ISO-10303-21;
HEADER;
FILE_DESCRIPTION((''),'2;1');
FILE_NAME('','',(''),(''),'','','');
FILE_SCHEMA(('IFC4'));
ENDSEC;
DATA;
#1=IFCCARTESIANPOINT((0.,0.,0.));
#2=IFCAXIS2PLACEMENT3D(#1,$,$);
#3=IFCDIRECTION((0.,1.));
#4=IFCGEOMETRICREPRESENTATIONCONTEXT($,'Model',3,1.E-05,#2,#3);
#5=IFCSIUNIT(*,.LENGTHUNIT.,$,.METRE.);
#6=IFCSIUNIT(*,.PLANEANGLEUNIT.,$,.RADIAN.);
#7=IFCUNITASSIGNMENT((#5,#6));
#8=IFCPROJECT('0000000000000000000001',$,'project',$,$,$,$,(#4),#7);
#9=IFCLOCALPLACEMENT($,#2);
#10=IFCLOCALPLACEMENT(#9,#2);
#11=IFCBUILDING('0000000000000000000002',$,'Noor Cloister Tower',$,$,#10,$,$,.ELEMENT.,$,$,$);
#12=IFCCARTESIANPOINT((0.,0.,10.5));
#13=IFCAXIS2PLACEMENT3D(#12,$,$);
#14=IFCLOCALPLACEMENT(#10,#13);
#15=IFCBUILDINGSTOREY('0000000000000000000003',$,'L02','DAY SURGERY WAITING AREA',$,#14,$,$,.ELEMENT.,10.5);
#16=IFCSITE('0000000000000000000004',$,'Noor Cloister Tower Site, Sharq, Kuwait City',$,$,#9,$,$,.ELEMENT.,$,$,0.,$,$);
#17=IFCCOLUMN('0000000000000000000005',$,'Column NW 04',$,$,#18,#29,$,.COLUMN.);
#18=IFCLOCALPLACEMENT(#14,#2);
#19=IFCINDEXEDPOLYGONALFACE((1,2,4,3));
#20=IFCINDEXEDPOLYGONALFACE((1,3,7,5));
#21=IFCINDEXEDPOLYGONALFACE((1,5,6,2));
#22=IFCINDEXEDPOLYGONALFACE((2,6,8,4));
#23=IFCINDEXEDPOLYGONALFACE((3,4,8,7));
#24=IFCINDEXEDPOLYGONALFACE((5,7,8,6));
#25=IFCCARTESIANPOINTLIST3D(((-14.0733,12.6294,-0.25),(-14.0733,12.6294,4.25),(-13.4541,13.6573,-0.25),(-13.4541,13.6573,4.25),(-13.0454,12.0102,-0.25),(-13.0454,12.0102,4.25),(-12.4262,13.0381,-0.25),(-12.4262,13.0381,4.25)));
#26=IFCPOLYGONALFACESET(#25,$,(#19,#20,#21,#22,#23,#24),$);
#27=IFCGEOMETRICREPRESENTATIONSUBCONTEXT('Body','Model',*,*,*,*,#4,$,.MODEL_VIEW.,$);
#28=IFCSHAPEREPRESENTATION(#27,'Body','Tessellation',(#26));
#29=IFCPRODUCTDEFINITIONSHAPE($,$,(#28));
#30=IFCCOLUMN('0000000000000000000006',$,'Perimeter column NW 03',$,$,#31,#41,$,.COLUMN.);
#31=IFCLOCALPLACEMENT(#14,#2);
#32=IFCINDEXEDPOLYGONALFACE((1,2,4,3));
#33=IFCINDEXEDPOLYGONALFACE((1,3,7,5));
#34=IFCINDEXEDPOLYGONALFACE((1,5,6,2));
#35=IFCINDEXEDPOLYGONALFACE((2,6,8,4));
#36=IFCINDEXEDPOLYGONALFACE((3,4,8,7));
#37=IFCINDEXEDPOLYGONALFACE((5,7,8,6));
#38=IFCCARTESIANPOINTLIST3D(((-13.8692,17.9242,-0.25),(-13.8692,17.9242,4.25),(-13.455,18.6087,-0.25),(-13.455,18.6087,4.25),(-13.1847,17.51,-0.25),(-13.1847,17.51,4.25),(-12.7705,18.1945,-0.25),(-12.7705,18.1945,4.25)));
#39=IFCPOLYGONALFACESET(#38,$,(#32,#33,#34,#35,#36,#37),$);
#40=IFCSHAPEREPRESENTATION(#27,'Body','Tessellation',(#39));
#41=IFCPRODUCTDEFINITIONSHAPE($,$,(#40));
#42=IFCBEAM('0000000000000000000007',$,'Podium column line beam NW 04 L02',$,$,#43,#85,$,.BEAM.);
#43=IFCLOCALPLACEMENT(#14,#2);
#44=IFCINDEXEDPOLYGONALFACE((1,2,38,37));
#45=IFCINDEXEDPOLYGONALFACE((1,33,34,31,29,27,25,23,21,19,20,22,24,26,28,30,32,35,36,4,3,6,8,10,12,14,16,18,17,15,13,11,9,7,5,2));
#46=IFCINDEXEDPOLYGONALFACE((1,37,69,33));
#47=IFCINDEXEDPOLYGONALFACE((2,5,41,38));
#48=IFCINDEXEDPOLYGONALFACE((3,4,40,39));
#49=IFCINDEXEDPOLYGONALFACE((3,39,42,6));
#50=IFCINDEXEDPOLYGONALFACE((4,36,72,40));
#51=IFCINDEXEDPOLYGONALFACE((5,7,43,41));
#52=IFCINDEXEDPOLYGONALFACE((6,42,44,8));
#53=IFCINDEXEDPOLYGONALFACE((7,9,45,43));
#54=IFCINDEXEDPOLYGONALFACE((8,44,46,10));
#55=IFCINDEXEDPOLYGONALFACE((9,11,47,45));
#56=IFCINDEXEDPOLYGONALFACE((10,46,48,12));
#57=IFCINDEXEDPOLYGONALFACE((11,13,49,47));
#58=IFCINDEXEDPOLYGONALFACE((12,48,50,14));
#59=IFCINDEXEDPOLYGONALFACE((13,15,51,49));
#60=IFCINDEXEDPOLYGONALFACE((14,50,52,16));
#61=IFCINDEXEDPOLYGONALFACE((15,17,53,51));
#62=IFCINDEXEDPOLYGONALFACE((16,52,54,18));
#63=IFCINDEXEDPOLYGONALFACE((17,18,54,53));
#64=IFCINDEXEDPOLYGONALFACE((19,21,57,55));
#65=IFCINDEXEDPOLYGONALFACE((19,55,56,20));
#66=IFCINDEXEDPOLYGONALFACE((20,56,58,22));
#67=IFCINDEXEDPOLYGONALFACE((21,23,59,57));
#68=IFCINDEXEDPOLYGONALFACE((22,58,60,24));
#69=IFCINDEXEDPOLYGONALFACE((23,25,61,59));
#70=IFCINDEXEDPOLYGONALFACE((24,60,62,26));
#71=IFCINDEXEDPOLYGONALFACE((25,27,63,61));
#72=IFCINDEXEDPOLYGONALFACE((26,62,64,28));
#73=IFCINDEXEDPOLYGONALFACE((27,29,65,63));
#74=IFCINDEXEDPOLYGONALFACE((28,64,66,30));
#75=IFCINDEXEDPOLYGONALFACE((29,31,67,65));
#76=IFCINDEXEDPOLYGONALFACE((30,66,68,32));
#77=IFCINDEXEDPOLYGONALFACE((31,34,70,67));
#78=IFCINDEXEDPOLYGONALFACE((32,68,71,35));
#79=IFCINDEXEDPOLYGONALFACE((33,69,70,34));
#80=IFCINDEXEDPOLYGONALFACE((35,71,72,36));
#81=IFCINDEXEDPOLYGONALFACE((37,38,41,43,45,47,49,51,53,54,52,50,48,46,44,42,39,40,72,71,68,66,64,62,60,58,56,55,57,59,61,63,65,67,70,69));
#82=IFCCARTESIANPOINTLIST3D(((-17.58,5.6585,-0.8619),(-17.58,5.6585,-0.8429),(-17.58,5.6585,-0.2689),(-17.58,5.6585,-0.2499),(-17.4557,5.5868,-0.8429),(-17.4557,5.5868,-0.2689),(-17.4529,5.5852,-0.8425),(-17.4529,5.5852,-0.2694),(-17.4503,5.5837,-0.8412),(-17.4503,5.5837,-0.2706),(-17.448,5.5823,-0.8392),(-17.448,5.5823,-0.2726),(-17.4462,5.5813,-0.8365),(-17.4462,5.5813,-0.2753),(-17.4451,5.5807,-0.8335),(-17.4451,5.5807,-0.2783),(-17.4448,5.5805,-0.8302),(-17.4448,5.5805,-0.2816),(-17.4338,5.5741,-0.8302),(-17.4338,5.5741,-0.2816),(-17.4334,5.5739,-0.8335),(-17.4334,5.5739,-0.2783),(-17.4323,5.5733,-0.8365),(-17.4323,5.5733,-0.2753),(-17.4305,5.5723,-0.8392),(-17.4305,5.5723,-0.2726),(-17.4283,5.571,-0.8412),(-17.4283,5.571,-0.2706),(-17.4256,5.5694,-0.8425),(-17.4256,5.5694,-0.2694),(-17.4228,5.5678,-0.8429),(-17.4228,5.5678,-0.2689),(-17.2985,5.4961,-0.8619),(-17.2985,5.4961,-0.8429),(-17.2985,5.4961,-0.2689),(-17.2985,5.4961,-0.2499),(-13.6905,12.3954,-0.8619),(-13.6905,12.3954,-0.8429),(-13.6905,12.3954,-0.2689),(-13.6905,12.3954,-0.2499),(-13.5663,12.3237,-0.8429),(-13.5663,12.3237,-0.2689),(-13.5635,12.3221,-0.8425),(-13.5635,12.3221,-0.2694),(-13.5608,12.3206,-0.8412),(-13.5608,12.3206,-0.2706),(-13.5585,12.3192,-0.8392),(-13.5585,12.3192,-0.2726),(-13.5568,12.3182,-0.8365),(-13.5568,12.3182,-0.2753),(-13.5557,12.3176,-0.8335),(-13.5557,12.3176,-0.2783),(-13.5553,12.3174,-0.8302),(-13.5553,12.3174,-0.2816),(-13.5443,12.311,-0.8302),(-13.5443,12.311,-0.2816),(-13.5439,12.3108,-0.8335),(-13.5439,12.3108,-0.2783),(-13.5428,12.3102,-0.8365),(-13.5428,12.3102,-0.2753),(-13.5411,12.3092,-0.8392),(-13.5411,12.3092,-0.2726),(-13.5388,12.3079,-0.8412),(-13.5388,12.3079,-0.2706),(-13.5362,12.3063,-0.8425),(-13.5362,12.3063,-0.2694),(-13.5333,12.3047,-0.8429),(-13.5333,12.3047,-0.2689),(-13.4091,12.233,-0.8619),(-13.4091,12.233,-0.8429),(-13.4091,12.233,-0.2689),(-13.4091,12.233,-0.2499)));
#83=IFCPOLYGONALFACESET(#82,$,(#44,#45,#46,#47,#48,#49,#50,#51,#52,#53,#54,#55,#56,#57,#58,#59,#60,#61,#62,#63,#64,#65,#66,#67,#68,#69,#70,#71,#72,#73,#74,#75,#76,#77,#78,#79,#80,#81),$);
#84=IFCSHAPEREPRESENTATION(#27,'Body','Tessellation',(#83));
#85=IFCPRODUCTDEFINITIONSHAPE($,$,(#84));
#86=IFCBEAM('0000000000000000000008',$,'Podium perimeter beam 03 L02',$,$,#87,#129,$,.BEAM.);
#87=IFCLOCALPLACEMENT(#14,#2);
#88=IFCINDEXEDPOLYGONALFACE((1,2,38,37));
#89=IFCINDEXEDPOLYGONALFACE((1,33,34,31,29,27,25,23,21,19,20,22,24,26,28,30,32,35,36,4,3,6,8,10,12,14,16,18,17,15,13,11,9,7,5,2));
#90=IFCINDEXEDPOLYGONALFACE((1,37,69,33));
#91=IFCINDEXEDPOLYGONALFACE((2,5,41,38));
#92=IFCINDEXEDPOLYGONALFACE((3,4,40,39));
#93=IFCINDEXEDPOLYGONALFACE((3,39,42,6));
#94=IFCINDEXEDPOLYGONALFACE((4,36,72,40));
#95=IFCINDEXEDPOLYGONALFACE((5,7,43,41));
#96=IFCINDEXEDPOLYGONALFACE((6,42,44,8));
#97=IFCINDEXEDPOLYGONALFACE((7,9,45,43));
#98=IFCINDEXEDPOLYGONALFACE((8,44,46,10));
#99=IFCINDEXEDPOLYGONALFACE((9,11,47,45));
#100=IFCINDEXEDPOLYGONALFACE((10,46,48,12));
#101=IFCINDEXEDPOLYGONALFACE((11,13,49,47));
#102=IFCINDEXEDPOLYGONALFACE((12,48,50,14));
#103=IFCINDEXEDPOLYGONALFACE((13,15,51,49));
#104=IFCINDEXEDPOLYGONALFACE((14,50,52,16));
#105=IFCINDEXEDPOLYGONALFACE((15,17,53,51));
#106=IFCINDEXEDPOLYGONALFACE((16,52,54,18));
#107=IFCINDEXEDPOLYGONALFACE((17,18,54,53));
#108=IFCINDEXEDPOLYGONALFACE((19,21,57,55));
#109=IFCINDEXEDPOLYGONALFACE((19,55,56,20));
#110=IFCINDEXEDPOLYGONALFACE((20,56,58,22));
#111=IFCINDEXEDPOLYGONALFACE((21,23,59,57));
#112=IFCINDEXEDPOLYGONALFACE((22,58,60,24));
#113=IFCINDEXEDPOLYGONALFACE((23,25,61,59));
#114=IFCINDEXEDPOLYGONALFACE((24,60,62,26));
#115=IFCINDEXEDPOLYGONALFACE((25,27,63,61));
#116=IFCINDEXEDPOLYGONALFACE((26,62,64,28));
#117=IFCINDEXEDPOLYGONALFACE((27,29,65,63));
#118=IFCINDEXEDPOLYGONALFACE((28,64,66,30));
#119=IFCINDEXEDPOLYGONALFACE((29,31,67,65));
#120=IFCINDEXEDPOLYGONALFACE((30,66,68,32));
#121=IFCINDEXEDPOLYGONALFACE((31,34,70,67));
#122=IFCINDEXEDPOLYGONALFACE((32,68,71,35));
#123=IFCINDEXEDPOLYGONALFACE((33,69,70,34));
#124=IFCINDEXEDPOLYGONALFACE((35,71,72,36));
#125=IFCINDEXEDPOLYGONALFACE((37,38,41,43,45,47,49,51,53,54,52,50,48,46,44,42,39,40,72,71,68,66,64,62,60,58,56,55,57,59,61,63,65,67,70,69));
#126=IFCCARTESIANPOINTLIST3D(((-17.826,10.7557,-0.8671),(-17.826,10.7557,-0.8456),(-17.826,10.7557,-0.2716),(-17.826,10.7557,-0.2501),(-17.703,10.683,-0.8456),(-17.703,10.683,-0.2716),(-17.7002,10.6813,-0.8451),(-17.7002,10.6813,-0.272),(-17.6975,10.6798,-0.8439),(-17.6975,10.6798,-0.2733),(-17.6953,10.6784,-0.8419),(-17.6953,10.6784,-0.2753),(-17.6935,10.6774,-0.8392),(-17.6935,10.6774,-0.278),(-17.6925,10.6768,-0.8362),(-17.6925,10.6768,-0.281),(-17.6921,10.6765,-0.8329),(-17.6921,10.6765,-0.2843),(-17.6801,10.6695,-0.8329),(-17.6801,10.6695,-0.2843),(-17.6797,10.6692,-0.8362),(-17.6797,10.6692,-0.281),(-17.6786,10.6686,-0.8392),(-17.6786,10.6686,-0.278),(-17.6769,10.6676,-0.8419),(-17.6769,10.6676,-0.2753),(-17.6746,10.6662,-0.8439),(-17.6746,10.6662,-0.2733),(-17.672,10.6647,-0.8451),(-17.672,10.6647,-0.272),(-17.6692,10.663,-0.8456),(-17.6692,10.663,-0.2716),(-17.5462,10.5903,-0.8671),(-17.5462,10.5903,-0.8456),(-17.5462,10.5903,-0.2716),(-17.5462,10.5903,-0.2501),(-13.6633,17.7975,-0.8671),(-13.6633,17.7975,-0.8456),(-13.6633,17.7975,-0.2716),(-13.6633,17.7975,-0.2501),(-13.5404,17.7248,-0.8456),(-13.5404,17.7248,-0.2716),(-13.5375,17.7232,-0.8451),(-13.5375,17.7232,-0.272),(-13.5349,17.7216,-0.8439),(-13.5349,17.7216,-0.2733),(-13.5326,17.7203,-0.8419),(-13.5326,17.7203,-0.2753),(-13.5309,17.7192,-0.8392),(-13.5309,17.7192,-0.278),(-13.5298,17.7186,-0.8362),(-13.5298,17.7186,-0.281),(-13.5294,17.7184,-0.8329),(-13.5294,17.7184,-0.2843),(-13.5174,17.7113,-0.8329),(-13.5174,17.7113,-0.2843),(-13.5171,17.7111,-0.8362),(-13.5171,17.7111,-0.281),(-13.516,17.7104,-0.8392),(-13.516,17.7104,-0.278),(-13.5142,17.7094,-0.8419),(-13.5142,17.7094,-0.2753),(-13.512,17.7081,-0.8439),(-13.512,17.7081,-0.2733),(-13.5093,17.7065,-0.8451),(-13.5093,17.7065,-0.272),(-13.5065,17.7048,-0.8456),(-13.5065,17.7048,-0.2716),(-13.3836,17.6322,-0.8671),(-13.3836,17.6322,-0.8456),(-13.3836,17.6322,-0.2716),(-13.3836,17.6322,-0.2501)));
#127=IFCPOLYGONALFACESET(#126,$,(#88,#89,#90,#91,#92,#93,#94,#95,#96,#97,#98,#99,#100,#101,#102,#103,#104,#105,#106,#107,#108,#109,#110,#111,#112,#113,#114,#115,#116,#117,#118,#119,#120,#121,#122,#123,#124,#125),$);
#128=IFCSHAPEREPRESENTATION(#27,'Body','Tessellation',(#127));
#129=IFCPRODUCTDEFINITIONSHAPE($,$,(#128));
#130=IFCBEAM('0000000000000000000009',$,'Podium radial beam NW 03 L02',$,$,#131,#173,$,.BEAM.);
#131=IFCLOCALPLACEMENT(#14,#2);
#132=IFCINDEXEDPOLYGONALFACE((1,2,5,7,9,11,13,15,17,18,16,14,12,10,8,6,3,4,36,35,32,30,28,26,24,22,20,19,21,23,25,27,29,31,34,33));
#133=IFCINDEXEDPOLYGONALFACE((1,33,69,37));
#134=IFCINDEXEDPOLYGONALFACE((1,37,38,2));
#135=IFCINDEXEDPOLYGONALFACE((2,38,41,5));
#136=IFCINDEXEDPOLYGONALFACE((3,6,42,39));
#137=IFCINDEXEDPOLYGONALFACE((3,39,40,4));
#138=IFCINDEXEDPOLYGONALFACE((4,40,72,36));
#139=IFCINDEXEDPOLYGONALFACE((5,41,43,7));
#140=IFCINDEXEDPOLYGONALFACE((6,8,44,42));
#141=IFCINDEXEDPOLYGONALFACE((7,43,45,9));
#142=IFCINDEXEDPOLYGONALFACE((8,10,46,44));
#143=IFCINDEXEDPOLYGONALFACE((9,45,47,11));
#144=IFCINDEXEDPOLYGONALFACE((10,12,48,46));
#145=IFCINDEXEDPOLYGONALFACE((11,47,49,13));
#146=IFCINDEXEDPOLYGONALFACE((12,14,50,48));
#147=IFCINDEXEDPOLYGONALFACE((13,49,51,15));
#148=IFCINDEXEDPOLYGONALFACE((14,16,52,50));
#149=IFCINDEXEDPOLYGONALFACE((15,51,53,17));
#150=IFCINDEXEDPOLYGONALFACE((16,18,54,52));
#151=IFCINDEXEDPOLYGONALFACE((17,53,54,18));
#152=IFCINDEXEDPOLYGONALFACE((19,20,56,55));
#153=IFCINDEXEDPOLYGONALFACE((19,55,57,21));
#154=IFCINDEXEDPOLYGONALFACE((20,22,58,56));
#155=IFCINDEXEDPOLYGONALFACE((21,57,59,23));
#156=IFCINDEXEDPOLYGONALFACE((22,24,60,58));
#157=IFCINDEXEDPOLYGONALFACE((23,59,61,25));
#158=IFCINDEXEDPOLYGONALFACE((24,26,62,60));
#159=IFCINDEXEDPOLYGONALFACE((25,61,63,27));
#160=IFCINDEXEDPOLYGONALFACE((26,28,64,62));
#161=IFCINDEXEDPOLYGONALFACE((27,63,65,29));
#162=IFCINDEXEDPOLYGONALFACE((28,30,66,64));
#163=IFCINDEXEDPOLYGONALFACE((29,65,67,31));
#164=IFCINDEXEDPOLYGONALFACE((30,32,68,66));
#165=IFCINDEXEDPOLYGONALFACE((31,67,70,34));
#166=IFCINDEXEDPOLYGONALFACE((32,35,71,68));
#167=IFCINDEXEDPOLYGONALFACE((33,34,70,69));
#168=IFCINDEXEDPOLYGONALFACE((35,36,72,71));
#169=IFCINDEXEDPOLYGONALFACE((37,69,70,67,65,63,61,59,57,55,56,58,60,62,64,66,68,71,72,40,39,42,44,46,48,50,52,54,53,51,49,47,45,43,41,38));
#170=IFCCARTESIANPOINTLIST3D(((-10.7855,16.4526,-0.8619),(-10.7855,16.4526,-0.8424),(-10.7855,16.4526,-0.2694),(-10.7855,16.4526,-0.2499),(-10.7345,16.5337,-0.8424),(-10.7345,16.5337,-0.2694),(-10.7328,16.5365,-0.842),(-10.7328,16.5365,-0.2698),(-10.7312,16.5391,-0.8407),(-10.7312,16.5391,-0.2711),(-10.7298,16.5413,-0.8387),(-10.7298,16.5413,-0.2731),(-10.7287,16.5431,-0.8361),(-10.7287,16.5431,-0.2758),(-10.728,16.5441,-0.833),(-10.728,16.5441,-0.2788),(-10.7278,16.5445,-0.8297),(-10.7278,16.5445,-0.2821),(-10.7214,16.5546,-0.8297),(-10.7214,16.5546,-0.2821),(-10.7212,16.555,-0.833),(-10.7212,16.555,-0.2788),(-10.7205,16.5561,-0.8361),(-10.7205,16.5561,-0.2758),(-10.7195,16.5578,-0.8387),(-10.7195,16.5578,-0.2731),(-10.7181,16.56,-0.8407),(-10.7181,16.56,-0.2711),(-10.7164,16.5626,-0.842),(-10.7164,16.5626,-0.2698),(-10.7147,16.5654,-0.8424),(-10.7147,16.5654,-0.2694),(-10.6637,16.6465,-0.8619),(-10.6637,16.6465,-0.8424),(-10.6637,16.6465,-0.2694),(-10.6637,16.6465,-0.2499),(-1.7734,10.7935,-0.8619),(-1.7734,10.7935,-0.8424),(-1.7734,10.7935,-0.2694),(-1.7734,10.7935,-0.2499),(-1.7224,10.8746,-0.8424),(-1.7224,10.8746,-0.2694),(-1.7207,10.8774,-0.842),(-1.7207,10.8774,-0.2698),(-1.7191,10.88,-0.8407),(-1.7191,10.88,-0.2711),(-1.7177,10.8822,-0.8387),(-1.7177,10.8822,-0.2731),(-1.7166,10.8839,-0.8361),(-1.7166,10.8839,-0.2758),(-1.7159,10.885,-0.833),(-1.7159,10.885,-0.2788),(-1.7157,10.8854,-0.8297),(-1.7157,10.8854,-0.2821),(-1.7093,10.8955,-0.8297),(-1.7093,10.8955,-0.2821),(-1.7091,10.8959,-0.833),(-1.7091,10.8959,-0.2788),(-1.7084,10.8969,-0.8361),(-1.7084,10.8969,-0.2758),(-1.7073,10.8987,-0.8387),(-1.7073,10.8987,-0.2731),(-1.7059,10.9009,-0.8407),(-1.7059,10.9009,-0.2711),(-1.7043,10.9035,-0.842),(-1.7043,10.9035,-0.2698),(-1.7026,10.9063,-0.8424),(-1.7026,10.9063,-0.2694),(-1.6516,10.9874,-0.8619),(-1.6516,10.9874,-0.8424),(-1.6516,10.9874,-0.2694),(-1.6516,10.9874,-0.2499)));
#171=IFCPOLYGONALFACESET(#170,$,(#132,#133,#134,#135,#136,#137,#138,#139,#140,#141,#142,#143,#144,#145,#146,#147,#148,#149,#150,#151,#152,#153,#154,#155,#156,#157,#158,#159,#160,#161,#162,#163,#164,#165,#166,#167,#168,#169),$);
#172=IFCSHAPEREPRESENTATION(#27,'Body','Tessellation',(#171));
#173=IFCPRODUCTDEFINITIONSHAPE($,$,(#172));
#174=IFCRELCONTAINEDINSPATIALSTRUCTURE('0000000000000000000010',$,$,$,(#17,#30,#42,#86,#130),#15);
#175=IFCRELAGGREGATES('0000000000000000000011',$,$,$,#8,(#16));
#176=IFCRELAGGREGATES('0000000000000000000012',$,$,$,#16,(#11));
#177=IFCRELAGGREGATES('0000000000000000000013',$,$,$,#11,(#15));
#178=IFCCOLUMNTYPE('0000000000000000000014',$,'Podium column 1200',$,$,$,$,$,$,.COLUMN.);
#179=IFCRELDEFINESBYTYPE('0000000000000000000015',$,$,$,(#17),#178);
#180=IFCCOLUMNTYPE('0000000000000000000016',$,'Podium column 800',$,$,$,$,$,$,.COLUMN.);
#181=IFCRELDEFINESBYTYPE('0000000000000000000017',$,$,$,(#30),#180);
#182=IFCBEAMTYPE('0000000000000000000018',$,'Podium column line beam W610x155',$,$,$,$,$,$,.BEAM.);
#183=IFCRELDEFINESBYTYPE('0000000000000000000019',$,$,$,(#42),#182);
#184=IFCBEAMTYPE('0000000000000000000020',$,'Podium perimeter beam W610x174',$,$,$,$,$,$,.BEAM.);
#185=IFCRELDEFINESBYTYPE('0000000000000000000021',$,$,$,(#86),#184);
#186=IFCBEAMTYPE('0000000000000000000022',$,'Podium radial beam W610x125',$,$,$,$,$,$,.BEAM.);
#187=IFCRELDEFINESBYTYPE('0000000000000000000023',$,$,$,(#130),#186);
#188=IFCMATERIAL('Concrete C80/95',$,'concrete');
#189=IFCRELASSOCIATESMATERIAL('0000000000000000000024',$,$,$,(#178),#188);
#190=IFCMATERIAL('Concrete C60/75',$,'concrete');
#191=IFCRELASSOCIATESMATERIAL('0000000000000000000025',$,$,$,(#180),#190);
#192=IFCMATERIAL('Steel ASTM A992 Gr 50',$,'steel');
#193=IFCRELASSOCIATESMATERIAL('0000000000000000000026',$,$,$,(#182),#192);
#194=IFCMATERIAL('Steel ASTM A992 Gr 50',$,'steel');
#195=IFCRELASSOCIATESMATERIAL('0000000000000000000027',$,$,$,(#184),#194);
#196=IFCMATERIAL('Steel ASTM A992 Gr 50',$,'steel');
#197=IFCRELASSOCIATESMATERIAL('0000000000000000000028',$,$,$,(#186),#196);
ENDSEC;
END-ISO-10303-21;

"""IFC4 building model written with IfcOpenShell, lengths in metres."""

from ifc_helpers import new_model, si_unit, direction, frame, origin, origin_2d, place, context, subcontext, project, spatial, rectangle, i_section, extrude, material, material_profile, profile_set, type_object, element, save


model = new_model("IFC4")

# Units and contexts
model_context = context("Model", 3, precision=1e-05, world=origin(), true_north=direction((0.0, 1.0)))
body_context = subcontext(model_context, "Body", "Model", "MODEL_VIEW")
ifc_project = project(units=[si_unit("LENGTHUNIT", "METRE"), si_unit("PLANEANGLEUNIT", "RADIAN")], contexts=[model_context])

# Site, building, storey
site_placement = place(None, origin())
site = spatial("IfcSite", under=ifc_project, at=site_placement, Name="Noor Cloister Tower Site, Sharq, Kuwait City", CompositionType="ELEMENT", RefElevation=0.0)
building_placement = place(site_placement, origin())
building = spatial("IfcBuilding", under=site, at=building_placement, Name="Noor Cloister Tower", CompositionType="ELEMENT")
storey_placement = place(building_placement, frame((0.0, 0.0, 10.5)))
storey = spatial("IfcBuildingStorey", under=building, at=storey_placement, Name="L02", Description="DAY SURGERY WAITING AREA", CompositionType="ELEMENT", Elevation=10.5)

# Columns
ifc_material_1 = material(Name="Concrete C80/95", Category="concrete")
ifc_material_profile_1 = material_profile(ifc_material_1, rectangle(XDim=1.2, YDim=1.2, at=origin_2d()), Name="Podium column 1200")
ifc_profile_set_1 = profile_set([ifc_material_profile_1], Name="Concrete C80/95")
column_type_1 = type_object("IfcColumnType", Name="Podium column 1200", PredefinedType="COLUMN", material=ifc_profile_set_1)
column_1_placement = place(storey_placement, frame((-13.2498, 12.8337, -0.25), z_axis=(0.0, 0.0, 1.0), x_axis=(-0.8566, 0.515981, 0.0)))
element("IfcColumn", 1, at=column_1_placement, inside=storey, type_object=column_type_1, Name="Column NW 04", PredefinedType="COLUMN", context=body_context, shape_type="SweptSolid", body=[
    extrude(rectangle(XDim=1.2, YDim=1.2, at=origin_2d()), origin(), (0.0, 0.0, 1.0), 4.5),
])
ifc_material_2 = material(Name="Concrete C60/75", Category="concrete")
ifc_material_profile_2 = material_profile(ifc_material_2, rectangle(XDim=0.8, YDim=0.8, at=origin_2d()), Name="Podium column 800")
ifc_profile_set_2 = profile_set([ifc_material_profile_2], Name="Concrete C60/75")
column_type_2 = type_object("IfcColumnType", Name="Podium column 800", PredefinedType="COLUMN", material=ifc_profile_set_2)
column_2_placement = place(storey_placement, frame((-13.3198, 18.0593, -0.25), z_axis=(0.0, 0.0, 1.0), x_axis=(-0.855574, 0.51768, 0.0)))
element("IfcColumn", 2, at=column_2_placement, inside=storey, type_object=column_type_2, Name="Perimeter column NW 03", PredefinedType="COLUMN", context=body_context, shape_type="SweptSolid", body=[
    extrude(rectangle(XDim=0.8, YDim=0.8, at=origin_2d()), origin(), (0.0, 0.0, 1.0), 4.5),
])

# Beams
ifc_material_3 = material(Name="Steel ASTM A992 Gr 50", Category="steel")
ifc_material_profile_3 = material_profile(ifc_material_3, i_section(OverallWidth=0.325, OverallDepth=0.6121, WebThickness=0.0127, FlangeThickness=0.019, FilletRadius=0.0127, at=origin_2d()), Name="W610x155")
ifc_profile_set_3 = profile_set([ifc_material_profile_3], Name="Steel ASTM A992 Gr 50")
beam_type_1 = type_object("IfcBeamType", Name="Podium column line beam W610x155", PredefinedType="BEAM", material=ifc_profile_set_3)
beam_1_placement = place(storey_placement, frame((-13.5498, 12.3142, -0.5559), z_axis=(-0.499991, -0.866031, 0.0), x_axis=(0.866031, -0.499991, 0.0)))
element("IfcBeam", 3, at=beam_1_placement, inside=storey, type_object=beam_type_1, Name="Podium column line beam NW 04 L02", PredefinedType="BEAM", context=body_context, shape_type="SweptSolid", body=[
    extrude(i_section(OverallWidth=0.325, OverallDepth=0.6121, WebThickness=0.0127, FlangeThickness=0.019, FilletRadius=0.0127, at=origin_2d()), origin(), (0.0, 0.0, 1.0), 7.7791),
])
ifc_material_4 = material(Name="Steel ASTM A992 Gr 50", Category="steel")
ifc_material_profile_4 = material_profile(ifc_material_4, i_section(OverallWidth=0.325, OverallDepth=0.6169, WebThickness=0.0139, FlangeThickness=0.0215, FilletRadius=0.0127, at=origin_2d()), Name="W610x174")
ifc_profile_set_4 = profile_set([ifc_material_profile_4], Name="Steel ASTM A992 Gr 50")
beam_type_2 = type_object("IfcBeamType", Name="Podium perimeter beam W610x174", PredefinedType="BEAM", material=ifc_profile_set_4)
beam_2_placement = place(storey_placement, frame((-13.5234, 17.7148, -0.5586), z_axis=(-0.508871, -0.860843, 0.0), x_axis=(0.860843, -0.508871, 0.0)))
element("IfcBeam", 4, at=beam_2_placement, inside=storey, type_object=beam_type_2, Name="Podium perimeter beam 03 L02", PredefinedType="BEAM", context=body_context, shape_type="SweptSolid", body=[
    extrude(i_section(OverallWidth=0.325, OverallDepth=0.6169, WebThickness=0.0139, FlangeThickness=0.0215, FilletRadius=0.0127, at=origin_2d()), origin(), (0.0, 0.0, 1.0), 8.1802),
])
ifc_material_5 = material(Name="Steel ASTM A992 Gr 50", Category="steel")
ifc_material_profile_5 = material_profile(ifc_material_5, i_section(OverallWidth=0.229, OverallDepth=0.6121, WebThickness=0.012, FlangeThickness=0.0195, FilletRadius=0.0127, at=origin_2d()), Name="W610x125")
ifc_profile_set_5 = profile_set([ifc_material_profile_5], Name="Steel ASTM A992 Gr 50")
beam_type_3 = type_object("IfcBeamType", Name="Podium radial beam W610x125", PredefinedType="BEAM", material=ifc_profile_set_5)
beam_3_placement = place(storey_placement, frame((-10.7246, 16.5496, -0.5559), z_axis=(0.846875, -0.531792, 0.0), x_axis=(0.531792, 0.846875, 0.0)))
element("IfcBeam", 5, at=beam_3_placement, inside=storey, type_object=beam_type_3, Name="Podium radial beam NW 03 L02", PredefinedType="BEAM", context=body_context, shape_type="SweptSolid", body=[
    extrude(i_section(OverallWidth=0.229, OverallDepth=0.6121, WebThickness=0.012, FlangeThickness=0.0195, FilletRadius=0.0127, at=origin_2d()), origin(), (0.0, 0.0, 1.0), 10.6416),
])

save(model, "model.ifc")
